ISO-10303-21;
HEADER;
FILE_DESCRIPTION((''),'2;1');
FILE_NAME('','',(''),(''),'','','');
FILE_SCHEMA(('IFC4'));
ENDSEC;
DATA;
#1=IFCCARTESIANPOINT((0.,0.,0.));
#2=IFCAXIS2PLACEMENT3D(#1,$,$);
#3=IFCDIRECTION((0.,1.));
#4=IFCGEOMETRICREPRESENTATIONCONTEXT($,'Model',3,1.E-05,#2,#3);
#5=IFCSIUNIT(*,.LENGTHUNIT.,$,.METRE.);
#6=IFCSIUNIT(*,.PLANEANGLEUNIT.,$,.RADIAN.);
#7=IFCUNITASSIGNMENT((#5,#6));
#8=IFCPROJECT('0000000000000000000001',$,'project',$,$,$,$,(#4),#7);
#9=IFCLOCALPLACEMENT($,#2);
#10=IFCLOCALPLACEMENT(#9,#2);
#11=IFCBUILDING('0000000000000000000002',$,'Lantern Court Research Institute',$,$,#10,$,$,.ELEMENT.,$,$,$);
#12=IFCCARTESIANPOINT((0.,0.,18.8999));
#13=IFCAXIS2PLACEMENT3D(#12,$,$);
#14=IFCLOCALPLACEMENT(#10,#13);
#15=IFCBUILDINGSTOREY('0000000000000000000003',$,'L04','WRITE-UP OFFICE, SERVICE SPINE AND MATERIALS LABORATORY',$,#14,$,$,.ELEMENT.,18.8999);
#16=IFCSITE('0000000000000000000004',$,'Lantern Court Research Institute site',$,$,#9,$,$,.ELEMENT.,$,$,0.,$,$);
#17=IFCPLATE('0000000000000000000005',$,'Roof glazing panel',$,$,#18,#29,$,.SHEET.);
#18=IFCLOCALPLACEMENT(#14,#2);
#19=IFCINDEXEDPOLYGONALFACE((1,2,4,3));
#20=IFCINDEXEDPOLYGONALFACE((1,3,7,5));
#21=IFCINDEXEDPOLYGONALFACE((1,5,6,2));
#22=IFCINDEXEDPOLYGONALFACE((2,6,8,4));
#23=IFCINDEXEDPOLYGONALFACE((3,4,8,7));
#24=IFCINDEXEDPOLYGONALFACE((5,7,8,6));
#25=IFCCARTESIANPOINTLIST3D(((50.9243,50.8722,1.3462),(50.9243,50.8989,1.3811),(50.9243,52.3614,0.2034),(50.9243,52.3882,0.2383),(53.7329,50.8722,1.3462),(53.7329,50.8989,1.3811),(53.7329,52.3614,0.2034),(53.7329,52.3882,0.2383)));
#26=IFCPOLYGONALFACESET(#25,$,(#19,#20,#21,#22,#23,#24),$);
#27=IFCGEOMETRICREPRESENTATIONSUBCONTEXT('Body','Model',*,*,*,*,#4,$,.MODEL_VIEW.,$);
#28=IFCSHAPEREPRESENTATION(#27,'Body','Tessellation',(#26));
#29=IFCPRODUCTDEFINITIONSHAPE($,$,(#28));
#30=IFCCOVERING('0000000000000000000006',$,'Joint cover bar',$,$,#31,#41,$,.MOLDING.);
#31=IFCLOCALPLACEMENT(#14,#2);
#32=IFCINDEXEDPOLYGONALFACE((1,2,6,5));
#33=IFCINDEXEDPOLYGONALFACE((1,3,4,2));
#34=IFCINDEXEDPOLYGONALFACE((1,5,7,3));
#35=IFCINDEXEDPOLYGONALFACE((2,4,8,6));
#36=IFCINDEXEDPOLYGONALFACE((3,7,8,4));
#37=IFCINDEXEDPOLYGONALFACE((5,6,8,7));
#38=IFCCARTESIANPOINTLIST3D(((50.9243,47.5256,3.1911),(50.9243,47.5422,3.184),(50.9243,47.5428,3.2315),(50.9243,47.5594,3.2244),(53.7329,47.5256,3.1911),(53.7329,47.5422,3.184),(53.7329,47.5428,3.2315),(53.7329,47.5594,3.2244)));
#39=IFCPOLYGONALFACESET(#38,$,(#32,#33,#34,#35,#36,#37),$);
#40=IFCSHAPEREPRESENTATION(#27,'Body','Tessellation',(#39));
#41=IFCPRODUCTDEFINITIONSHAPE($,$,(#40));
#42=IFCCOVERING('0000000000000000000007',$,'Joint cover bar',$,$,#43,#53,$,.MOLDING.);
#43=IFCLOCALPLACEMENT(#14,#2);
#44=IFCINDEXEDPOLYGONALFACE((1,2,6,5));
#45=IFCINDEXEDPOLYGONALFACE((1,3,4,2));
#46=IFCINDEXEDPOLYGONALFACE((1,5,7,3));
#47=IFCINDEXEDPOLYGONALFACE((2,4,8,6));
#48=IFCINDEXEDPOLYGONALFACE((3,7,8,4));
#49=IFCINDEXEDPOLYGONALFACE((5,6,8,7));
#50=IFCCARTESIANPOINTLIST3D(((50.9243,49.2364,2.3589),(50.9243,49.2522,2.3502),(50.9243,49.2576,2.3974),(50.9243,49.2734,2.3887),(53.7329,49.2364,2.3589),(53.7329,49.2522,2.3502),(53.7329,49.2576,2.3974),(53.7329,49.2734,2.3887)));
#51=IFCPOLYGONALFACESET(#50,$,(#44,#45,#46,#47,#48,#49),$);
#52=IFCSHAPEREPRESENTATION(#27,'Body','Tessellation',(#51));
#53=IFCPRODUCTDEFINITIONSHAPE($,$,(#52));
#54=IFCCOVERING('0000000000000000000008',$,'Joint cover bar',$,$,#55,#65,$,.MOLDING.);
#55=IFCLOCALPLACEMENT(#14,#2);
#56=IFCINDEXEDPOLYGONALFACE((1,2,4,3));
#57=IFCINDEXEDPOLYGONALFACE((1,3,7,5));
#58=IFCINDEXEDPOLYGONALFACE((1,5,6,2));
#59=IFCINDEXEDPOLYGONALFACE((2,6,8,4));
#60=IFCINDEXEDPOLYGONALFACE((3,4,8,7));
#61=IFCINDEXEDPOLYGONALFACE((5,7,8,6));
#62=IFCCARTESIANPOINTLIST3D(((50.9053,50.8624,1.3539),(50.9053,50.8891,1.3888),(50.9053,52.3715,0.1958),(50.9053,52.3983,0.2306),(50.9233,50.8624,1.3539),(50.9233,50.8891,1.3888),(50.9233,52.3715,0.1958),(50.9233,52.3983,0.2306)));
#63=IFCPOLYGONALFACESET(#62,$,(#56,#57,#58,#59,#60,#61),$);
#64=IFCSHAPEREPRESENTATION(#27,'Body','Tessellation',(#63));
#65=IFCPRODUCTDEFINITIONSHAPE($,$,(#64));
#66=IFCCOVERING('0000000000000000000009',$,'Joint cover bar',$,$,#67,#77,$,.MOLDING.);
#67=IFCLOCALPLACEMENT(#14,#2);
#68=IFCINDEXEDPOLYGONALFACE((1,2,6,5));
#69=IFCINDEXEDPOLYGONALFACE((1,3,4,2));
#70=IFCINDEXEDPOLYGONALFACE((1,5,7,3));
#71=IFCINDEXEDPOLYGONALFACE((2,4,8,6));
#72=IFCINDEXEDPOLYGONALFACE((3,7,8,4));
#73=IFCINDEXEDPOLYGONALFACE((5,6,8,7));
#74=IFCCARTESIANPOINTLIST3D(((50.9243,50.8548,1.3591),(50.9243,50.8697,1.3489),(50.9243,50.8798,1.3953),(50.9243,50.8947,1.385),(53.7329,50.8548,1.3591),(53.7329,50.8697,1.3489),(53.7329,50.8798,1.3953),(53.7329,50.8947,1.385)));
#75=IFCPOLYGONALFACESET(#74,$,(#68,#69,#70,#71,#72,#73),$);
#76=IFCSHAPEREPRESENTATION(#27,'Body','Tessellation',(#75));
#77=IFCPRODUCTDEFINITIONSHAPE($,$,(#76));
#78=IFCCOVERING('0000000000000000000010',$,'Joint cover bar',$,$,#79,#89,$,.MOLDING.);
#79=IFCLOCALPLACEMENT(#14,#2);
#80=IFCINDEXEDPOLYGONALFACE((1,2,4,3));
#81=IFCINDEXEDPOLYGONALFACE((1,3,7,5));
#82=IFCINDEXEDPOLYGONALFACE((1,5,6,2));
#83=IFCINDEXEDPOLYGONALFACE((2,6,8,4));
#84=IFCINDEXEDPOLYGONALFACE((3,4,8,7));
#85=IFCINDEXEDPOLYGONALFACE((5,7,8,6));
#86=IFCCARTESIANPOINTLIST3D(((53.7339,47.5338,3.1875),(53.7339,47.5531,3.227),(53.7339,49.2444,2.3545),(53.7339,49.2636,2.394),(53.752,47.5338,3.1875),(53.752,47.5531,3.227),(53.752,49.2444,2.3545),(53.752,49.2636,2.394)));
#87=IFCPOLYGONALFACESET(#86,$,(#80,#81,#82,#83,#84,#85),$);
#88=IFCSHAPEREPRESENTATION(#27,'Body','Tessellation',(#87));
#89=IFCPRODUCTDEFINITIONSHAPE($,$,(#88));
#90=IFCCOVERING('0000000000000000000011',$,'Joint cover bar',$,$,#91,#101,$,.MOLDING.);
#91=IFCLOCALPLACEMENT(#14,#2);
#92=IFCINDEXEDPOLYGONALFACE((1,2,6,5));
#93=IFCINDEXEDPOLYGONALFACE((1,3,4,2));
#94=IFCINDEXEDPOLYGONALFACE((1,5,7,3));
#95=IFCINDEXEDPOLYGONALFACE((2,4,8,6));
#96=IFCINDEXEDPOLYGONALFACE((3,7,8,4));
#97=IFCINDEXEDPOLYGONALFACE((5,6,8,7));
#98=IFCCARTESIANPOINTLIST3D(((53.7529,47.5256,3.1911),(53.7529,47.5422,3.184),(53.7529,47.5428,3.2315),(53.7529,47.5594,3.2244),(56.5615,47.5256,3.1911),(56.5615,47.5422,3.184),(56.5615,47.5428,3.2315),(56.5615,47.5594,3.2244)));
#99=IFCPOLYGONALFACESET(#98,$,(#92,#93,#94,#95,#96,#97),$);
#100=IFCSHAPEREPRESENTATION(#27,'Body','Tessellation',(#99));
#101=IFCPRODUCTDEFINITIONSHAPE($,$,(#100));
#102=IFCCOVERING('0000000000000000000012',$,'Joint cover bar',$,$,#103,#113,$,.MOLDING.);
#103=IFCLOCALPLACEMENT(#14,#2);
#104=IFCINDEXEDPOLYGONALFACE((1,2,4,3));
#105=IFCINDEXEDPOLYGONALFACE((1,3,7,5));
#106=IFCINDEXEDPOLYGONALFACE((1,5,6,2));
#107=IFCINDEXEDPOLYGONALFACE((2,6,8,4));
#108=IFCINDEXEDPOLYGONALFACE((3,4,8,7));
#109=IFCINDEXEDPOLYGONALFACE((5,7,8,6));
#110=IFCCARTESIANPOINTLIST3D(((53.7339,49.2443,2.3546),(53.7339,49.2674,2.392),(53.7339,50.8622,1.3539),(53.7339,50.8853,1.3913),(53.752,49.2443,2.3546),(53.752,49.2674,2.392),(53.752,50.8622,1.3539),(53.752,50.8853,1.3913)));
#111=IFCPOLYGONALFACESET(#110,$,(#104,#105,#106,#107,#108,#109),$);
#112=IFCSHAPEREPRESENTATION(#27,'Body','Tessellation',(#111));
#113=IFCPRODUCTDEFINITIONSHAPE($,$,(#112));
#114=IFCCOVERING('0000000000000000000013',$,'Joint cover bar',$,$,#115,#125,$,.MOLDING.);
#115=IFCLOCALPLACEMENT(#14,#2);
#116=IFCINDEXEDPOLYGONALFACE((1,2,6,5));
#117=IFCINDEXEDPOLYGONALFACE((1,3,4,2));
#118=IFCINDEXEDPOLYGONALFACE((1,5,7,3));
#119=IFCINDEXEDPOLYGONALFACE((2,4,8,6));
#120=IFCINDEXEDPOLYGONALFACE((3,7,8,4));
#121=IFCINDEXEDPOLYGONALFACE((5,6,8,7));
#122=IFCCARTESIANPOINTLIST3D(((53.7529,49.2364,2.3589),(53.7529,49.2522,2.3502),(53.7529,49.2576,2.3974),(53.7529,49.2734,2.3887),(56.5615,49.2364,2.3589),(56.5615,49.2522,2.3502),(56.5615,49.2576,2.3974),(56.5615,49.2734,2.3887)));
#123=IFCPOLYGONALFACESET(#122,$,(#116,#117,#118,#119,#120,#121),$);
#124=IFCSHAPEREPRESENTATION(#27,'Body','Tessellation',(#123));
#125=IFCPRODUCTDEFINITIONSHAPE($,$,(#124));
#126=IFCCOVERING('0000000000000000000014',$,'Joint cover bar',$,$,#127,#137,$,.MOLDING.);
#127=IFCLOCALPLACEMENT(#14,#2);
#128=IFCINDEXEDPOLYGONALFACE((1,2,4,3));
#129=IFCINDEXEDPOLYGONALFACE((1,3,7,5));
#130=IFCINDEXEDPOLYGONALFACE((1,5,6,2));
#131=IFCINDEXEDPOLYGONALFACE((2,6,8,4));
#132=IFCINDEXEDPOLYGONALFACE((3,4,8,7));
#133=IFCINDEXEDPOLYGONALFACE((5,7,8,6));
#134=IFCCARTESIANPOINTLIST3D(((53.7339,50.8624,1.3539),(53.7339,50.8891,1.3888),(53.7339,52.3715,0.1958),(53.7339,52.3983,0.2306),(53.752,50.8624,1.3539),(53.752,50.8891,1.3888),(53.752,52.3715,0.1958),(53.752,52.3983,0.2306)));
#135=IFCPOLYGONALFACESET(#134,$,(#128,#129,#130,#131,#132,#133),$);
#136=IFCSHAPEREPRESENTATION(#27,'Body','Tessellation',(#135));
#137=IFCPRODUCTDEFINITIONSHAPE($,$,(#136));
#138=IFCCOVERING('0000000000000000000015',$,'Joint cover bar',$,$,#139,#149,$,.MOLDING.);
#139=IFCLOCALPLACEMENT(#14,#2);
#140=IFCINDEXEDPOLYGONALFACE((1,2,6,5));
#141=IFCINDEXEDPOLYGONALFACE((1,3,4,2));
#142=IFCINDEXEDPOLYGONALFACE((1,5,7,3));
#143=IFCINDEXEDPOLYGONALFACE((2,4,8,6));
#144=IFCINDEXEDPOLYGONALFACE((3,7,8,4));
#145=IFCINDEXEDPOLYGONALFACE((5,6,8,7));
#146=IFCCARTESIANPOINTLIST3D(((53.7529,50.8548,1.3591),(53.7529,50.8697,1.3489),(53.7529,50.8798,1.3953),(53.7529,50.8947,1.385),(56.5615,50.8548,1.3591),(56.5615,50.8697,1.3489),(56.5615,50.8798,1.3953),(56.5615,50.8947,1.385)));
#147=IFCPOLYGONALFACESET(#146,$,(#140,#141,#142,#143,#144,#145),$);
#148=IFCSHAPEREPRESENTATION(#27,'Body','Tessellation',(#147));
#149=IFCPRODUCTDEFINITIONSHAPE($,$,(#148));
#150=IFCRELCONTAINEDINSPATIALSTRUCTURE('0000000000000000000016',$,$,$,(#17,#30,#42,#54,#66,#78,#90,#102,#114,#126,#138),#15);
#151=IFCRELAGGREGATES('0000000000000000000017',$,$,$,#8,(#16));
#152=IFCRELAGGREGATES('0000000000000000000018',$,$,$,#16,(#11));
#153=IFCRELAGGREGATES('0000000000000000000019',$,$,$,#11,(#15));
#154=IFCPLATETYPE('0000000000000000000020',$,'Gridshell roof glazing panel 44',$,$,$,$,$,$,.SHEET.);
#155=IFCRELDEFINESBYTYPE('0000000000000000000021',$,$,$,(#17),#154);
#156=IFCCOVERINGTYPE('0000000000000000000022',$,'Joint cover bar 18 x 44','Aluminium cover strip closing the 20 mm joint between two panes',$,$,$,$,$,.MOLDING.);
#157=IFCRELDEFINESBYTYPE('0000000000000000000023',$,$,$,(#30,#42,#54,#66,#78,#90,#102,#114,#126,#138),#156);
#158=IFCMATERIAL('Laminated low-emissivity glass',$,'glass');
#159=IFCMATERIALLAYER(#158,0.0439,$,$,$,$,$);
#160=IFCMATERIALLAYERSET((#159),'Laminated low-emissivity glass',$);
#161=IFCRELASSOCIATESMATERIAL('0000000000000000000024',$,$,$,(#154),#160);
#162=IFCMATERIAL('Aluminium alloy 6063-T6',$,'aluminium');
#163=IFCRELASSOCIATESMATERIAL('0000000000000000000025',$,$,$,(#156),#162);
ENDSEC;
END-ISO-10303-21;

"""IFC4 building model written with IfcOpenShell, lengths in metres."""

from ifc_helpers import new_model, si_unit, direction, frame, origin, origin_2d, place, context, subcontext, project, spatial, polyline, rectangle, outline, extrude, material, layer, layer_set, material_profile, profile_set, type_object, element, save


model = new_model("IFC4")

# Units and contexts
model_context = context("Model", 3, precision=1e-05, world=origin(), true_north=direction((0.0, 1.0)))
body_context = subcontext(model_context, "Body", "Model", "MODEL_VIEW")
ifc_project = project(units=[si_unit("LENGTHUNIT", "METRE"), si_unit("PLANEANGLEUNIT", "RADIAN")], contexts=[model_context])

# Site, building, storey
site_placement = place(None, origin())
site = spatial("IfcSite", under=ifc_project, at=site_placement, Name="Lantern Court Research Institute site", CompositionType="ELEMENT", RefElevation=0.0)
building_placement = place(site_placement, origin())
building = spatial("IfcBuilding", under=site, at=building_placement, Name="Lantern Court Research Institute", CompositionType="ELEMENT")
storey_placement = place(building_placement, frame((0.0, 0.0, 18.8999)))
storey = spatial("IfcBuildingStorey", under=building, at=storey_placement, Name="L04", Description="WRITE-UP OFFICE, SERVICE SPINE AND MATERIALS LABORATORY", CompositionType="ELEMENT", Elevation=18.8999)

# Plate
ifc_material_1 = material(Name="Laminated low-emissivity glass", Category="glass")
ifc_layer = layer(ifc_material_1, 0.0439)
ifc_layer_set = layer_set([ifc_layer], Name="Laminated low-emissivity glass")
plate_type = type_object("IfcPlateType", Name="Gridshell roof glazing panel 44", PredefinedType="SHEET", material=ifc_layer_set)
plate_1_placement = place(storey_placement, frame((53.7329, 50.8989, 1.3811), z_axis=(0.0, 0.608786, 0.793334), x_axis=(-1.0, 0.0, 0.0)))
element("IfcPlate", 1, at=plate_1_placement, inside=storey, type_object=plate_type, Name="Roof glazing panel", PredefinedType="SHEET", context=body_context, shape_type="SweptSolid", body=[
    extrude(outline(polyline([(0.0, 0.0), (2.8086, 0.0), (2.8086, -1.8772), (0.0, -1.8772), (0.0, 0.0)])), origin(), (0.0, 0.0, -1.0), 0.0439),
])

# Coverings
ifc_material_2 = material(Name="Aluminium alloy 6063-T6", Category="aluminium")
ifc_material_profile_1 = material_profile(ifc_material_2, rectangle(XDim=0.0181, YDim=0.0439, at=origin_2d()), Name="Joint cover bar 18 x 44")
ifc_profile_set_1 = profile_set([ifc_material_profile_1], Name="Aluminium alloy 6063-T6")
covering_type = type_object("IfcCoveringType", Name="Joint cover bar 18 x 44", Description="Aluminium cover strip closing the 20 mm joint between two panes", PredefinedType="MOLDING", material=ifc_profile_set_1)
for number, where, z_axis, x_axis, name in (
    (2, (50.9243, 47.5425, 3.2078), (1.0, 0.0, 0.0), (0.0, 0.919966, -0.391999), "Joint cover bar"),
    (3, (50.9243, 49.2549, 2.3738), (1.0, 0.0, 0.0), (0.0, 0.875897, -0.482497), "Joint cover bar"),
):
    element("IfcCovering", number, at=place(storey_placement, frame(where, z_axis=z_axis, x_axis=x_axis)), inside=storey, type_object=covering_type, Name=name, PredefinedType="MOLDING", context=body_context, shape_type="SweptSolid", body=[
        extrude(rectangle(XDim=0.0181, YDim=0.0439, at=origin_2d()), origin(), (0.0, 0.0, 1.0), 2.8086),
    ])
covering_1_placement = place(storey_placement, frame((50.9143, 50.8757, 1.3713), z_axis=(0.0, 0.79333, -0.608792), x_axis=(-1.0, 0.0, 0.0)))
element("IfcCovering", 4, at=covering_1_placement, inside=storey, type_object=covering_type, Name="Joint cover bar", PredefinedType="MOLDING", context=body_context, shape_type="SweptSolid", body=[
    extrude(rectangle(XDim=0.0181, YDim=0.0439, at=origin_2d()), origin(), (0.0, 0.0, 1.0), 1.9023),
])
covering_2_placement = place(storey_placement, frame((50.9243, 50.8748, 1.3721), z_axis=(1.0, 0.0, 0.0), x_axis=(0.0, 0.822954, -0.568108)))
element("IfcCovering", 5, at=covering_2_placement, inside=storey, type_object=covering_type, Name="Joint cover bar", PredefinedType="MOLDING", context=body_context, shape_type="SweptSolid", body=[
    extrude(rectangle(XDim=0.0181, YDim=0.0439, at=origin_2d()), origin(), (0.0, 0.0, 1.0), 2.8086),
])
covering_3_placement = place(storey_placement, frame((53.7429, 47.5435, 3.2073), z_axis=(0.0, 0.899049, -0.437847), x_axis=(-1.0, 0.0, 0.0)))
element("IfcCovering", 6, at=covering_3_placement, inside=storey, type_object=covering_type, Name="Joint cover bar", PredefinedType="MOLDING", context=body_context, shape_type="SweptSolid", body=[
    extrude(rectangle(XDim=0.0181, YDim=0.0439, at=origin_2d()), origin(), (0.0, 0.0, 1.0), 1.9026),
])
covering_4_placement = place(storey_placement, frame((53.7529, 47.5425, 3.2078), z_axis=(1.0, 0.0, 0.0), x_axis=(0.0, 0.919966, -0.391999)))
element("IfcCovering", 7, at=covering_4_placement, inside=storey, type_object=covering_type, Name="Joint cover bar", PredefinedType="MOLDING", context=body_context, shape_type="SweptSolid", body=[
    extrude(rectangle(XDim=0.0181, YDim=0.0439, at=origin_2d()), origin(), (0.0, 0.0, 1.0), 2.8086),
])
covering_5_placement = place(storey_placement, frame((53.7429, 49.2559, 2.3733), z_axis=(0.0, 0.850462, -0.526036), x_axis=(-1.0, 0.0, 0.0)))
element("IfcCovering", 8, at=covering_5_placement, inside=storey, type_object=covering_type, Name="Joint cover bar", PredefinedType="MOLDING", context=body_context, shape_type="SweptSolid", body=[
    extrude(rectangle(XDim=0.0181, YDim=0.0439, at=origin_2d()), origin(), (0.0, 0.0, 1.0), 1.9023),
])
covering_6_placement = place(storey_placement, frame((53.7529, 49.2549, 2.3738), z_axis=(1.0, 0.0, 0.0), x_axis=(0.0, 0.875897, -0.482497)))
element("IfcCovering", 9, at=covering_6_placement, inside=storey, type_object=covering_type, Name="Joint cover bar", PredefinedType="MOLDING", context=body_context, shape_type="SweptSolid", body=[
    extrude(rectangle(XDim=0.0181, YDim=0.0439, at=origin_2d()), origin(), (0.0, 0.0, 1.0), 2.8086),
])
covering_7_placement = place(storey_placement, frame((53.7429, 50.8757, 1.3713), z_axis=(0.0, 0.79333, -0.608792), x_axis=(-1.0, 0.0, 0.0)))
element("IfcCovering", 10, at=covering_7_placement, inside=storey, type_object=covering_type, Name="Joint cover bar", PredefinedType="MOLDING", context=body_context, shape_type="SweptSolid", body=[
    extrude(rectangle(XDim=0.0181, YDim=0.0439, at=origin_2d()), origin(), (0.0, 0.0, 1.0), 1.9023),
])
covering_8_placement = place(storey_placement, frame((53.7529, 50.8748, 1.3721), z_axis=(1.0, 0.0, 0.0), x_axis=(0.0, 0.822954, -0.568108)))
element("IfcCovering", 11, at=covering_8_placement, inside=storey, type_object=covering_type, Name="Joint cover bar", PredefinedType="MOLDING", context=body_context, shape_type="SweptSolid", body=[
    extrude(rectangle(XDim=0.0181, YDim=0.0439, at=origin_2d()), origin(), (0.0, 0.0, 1.0), 2.8086),
])

save(model, "model.ifc")
